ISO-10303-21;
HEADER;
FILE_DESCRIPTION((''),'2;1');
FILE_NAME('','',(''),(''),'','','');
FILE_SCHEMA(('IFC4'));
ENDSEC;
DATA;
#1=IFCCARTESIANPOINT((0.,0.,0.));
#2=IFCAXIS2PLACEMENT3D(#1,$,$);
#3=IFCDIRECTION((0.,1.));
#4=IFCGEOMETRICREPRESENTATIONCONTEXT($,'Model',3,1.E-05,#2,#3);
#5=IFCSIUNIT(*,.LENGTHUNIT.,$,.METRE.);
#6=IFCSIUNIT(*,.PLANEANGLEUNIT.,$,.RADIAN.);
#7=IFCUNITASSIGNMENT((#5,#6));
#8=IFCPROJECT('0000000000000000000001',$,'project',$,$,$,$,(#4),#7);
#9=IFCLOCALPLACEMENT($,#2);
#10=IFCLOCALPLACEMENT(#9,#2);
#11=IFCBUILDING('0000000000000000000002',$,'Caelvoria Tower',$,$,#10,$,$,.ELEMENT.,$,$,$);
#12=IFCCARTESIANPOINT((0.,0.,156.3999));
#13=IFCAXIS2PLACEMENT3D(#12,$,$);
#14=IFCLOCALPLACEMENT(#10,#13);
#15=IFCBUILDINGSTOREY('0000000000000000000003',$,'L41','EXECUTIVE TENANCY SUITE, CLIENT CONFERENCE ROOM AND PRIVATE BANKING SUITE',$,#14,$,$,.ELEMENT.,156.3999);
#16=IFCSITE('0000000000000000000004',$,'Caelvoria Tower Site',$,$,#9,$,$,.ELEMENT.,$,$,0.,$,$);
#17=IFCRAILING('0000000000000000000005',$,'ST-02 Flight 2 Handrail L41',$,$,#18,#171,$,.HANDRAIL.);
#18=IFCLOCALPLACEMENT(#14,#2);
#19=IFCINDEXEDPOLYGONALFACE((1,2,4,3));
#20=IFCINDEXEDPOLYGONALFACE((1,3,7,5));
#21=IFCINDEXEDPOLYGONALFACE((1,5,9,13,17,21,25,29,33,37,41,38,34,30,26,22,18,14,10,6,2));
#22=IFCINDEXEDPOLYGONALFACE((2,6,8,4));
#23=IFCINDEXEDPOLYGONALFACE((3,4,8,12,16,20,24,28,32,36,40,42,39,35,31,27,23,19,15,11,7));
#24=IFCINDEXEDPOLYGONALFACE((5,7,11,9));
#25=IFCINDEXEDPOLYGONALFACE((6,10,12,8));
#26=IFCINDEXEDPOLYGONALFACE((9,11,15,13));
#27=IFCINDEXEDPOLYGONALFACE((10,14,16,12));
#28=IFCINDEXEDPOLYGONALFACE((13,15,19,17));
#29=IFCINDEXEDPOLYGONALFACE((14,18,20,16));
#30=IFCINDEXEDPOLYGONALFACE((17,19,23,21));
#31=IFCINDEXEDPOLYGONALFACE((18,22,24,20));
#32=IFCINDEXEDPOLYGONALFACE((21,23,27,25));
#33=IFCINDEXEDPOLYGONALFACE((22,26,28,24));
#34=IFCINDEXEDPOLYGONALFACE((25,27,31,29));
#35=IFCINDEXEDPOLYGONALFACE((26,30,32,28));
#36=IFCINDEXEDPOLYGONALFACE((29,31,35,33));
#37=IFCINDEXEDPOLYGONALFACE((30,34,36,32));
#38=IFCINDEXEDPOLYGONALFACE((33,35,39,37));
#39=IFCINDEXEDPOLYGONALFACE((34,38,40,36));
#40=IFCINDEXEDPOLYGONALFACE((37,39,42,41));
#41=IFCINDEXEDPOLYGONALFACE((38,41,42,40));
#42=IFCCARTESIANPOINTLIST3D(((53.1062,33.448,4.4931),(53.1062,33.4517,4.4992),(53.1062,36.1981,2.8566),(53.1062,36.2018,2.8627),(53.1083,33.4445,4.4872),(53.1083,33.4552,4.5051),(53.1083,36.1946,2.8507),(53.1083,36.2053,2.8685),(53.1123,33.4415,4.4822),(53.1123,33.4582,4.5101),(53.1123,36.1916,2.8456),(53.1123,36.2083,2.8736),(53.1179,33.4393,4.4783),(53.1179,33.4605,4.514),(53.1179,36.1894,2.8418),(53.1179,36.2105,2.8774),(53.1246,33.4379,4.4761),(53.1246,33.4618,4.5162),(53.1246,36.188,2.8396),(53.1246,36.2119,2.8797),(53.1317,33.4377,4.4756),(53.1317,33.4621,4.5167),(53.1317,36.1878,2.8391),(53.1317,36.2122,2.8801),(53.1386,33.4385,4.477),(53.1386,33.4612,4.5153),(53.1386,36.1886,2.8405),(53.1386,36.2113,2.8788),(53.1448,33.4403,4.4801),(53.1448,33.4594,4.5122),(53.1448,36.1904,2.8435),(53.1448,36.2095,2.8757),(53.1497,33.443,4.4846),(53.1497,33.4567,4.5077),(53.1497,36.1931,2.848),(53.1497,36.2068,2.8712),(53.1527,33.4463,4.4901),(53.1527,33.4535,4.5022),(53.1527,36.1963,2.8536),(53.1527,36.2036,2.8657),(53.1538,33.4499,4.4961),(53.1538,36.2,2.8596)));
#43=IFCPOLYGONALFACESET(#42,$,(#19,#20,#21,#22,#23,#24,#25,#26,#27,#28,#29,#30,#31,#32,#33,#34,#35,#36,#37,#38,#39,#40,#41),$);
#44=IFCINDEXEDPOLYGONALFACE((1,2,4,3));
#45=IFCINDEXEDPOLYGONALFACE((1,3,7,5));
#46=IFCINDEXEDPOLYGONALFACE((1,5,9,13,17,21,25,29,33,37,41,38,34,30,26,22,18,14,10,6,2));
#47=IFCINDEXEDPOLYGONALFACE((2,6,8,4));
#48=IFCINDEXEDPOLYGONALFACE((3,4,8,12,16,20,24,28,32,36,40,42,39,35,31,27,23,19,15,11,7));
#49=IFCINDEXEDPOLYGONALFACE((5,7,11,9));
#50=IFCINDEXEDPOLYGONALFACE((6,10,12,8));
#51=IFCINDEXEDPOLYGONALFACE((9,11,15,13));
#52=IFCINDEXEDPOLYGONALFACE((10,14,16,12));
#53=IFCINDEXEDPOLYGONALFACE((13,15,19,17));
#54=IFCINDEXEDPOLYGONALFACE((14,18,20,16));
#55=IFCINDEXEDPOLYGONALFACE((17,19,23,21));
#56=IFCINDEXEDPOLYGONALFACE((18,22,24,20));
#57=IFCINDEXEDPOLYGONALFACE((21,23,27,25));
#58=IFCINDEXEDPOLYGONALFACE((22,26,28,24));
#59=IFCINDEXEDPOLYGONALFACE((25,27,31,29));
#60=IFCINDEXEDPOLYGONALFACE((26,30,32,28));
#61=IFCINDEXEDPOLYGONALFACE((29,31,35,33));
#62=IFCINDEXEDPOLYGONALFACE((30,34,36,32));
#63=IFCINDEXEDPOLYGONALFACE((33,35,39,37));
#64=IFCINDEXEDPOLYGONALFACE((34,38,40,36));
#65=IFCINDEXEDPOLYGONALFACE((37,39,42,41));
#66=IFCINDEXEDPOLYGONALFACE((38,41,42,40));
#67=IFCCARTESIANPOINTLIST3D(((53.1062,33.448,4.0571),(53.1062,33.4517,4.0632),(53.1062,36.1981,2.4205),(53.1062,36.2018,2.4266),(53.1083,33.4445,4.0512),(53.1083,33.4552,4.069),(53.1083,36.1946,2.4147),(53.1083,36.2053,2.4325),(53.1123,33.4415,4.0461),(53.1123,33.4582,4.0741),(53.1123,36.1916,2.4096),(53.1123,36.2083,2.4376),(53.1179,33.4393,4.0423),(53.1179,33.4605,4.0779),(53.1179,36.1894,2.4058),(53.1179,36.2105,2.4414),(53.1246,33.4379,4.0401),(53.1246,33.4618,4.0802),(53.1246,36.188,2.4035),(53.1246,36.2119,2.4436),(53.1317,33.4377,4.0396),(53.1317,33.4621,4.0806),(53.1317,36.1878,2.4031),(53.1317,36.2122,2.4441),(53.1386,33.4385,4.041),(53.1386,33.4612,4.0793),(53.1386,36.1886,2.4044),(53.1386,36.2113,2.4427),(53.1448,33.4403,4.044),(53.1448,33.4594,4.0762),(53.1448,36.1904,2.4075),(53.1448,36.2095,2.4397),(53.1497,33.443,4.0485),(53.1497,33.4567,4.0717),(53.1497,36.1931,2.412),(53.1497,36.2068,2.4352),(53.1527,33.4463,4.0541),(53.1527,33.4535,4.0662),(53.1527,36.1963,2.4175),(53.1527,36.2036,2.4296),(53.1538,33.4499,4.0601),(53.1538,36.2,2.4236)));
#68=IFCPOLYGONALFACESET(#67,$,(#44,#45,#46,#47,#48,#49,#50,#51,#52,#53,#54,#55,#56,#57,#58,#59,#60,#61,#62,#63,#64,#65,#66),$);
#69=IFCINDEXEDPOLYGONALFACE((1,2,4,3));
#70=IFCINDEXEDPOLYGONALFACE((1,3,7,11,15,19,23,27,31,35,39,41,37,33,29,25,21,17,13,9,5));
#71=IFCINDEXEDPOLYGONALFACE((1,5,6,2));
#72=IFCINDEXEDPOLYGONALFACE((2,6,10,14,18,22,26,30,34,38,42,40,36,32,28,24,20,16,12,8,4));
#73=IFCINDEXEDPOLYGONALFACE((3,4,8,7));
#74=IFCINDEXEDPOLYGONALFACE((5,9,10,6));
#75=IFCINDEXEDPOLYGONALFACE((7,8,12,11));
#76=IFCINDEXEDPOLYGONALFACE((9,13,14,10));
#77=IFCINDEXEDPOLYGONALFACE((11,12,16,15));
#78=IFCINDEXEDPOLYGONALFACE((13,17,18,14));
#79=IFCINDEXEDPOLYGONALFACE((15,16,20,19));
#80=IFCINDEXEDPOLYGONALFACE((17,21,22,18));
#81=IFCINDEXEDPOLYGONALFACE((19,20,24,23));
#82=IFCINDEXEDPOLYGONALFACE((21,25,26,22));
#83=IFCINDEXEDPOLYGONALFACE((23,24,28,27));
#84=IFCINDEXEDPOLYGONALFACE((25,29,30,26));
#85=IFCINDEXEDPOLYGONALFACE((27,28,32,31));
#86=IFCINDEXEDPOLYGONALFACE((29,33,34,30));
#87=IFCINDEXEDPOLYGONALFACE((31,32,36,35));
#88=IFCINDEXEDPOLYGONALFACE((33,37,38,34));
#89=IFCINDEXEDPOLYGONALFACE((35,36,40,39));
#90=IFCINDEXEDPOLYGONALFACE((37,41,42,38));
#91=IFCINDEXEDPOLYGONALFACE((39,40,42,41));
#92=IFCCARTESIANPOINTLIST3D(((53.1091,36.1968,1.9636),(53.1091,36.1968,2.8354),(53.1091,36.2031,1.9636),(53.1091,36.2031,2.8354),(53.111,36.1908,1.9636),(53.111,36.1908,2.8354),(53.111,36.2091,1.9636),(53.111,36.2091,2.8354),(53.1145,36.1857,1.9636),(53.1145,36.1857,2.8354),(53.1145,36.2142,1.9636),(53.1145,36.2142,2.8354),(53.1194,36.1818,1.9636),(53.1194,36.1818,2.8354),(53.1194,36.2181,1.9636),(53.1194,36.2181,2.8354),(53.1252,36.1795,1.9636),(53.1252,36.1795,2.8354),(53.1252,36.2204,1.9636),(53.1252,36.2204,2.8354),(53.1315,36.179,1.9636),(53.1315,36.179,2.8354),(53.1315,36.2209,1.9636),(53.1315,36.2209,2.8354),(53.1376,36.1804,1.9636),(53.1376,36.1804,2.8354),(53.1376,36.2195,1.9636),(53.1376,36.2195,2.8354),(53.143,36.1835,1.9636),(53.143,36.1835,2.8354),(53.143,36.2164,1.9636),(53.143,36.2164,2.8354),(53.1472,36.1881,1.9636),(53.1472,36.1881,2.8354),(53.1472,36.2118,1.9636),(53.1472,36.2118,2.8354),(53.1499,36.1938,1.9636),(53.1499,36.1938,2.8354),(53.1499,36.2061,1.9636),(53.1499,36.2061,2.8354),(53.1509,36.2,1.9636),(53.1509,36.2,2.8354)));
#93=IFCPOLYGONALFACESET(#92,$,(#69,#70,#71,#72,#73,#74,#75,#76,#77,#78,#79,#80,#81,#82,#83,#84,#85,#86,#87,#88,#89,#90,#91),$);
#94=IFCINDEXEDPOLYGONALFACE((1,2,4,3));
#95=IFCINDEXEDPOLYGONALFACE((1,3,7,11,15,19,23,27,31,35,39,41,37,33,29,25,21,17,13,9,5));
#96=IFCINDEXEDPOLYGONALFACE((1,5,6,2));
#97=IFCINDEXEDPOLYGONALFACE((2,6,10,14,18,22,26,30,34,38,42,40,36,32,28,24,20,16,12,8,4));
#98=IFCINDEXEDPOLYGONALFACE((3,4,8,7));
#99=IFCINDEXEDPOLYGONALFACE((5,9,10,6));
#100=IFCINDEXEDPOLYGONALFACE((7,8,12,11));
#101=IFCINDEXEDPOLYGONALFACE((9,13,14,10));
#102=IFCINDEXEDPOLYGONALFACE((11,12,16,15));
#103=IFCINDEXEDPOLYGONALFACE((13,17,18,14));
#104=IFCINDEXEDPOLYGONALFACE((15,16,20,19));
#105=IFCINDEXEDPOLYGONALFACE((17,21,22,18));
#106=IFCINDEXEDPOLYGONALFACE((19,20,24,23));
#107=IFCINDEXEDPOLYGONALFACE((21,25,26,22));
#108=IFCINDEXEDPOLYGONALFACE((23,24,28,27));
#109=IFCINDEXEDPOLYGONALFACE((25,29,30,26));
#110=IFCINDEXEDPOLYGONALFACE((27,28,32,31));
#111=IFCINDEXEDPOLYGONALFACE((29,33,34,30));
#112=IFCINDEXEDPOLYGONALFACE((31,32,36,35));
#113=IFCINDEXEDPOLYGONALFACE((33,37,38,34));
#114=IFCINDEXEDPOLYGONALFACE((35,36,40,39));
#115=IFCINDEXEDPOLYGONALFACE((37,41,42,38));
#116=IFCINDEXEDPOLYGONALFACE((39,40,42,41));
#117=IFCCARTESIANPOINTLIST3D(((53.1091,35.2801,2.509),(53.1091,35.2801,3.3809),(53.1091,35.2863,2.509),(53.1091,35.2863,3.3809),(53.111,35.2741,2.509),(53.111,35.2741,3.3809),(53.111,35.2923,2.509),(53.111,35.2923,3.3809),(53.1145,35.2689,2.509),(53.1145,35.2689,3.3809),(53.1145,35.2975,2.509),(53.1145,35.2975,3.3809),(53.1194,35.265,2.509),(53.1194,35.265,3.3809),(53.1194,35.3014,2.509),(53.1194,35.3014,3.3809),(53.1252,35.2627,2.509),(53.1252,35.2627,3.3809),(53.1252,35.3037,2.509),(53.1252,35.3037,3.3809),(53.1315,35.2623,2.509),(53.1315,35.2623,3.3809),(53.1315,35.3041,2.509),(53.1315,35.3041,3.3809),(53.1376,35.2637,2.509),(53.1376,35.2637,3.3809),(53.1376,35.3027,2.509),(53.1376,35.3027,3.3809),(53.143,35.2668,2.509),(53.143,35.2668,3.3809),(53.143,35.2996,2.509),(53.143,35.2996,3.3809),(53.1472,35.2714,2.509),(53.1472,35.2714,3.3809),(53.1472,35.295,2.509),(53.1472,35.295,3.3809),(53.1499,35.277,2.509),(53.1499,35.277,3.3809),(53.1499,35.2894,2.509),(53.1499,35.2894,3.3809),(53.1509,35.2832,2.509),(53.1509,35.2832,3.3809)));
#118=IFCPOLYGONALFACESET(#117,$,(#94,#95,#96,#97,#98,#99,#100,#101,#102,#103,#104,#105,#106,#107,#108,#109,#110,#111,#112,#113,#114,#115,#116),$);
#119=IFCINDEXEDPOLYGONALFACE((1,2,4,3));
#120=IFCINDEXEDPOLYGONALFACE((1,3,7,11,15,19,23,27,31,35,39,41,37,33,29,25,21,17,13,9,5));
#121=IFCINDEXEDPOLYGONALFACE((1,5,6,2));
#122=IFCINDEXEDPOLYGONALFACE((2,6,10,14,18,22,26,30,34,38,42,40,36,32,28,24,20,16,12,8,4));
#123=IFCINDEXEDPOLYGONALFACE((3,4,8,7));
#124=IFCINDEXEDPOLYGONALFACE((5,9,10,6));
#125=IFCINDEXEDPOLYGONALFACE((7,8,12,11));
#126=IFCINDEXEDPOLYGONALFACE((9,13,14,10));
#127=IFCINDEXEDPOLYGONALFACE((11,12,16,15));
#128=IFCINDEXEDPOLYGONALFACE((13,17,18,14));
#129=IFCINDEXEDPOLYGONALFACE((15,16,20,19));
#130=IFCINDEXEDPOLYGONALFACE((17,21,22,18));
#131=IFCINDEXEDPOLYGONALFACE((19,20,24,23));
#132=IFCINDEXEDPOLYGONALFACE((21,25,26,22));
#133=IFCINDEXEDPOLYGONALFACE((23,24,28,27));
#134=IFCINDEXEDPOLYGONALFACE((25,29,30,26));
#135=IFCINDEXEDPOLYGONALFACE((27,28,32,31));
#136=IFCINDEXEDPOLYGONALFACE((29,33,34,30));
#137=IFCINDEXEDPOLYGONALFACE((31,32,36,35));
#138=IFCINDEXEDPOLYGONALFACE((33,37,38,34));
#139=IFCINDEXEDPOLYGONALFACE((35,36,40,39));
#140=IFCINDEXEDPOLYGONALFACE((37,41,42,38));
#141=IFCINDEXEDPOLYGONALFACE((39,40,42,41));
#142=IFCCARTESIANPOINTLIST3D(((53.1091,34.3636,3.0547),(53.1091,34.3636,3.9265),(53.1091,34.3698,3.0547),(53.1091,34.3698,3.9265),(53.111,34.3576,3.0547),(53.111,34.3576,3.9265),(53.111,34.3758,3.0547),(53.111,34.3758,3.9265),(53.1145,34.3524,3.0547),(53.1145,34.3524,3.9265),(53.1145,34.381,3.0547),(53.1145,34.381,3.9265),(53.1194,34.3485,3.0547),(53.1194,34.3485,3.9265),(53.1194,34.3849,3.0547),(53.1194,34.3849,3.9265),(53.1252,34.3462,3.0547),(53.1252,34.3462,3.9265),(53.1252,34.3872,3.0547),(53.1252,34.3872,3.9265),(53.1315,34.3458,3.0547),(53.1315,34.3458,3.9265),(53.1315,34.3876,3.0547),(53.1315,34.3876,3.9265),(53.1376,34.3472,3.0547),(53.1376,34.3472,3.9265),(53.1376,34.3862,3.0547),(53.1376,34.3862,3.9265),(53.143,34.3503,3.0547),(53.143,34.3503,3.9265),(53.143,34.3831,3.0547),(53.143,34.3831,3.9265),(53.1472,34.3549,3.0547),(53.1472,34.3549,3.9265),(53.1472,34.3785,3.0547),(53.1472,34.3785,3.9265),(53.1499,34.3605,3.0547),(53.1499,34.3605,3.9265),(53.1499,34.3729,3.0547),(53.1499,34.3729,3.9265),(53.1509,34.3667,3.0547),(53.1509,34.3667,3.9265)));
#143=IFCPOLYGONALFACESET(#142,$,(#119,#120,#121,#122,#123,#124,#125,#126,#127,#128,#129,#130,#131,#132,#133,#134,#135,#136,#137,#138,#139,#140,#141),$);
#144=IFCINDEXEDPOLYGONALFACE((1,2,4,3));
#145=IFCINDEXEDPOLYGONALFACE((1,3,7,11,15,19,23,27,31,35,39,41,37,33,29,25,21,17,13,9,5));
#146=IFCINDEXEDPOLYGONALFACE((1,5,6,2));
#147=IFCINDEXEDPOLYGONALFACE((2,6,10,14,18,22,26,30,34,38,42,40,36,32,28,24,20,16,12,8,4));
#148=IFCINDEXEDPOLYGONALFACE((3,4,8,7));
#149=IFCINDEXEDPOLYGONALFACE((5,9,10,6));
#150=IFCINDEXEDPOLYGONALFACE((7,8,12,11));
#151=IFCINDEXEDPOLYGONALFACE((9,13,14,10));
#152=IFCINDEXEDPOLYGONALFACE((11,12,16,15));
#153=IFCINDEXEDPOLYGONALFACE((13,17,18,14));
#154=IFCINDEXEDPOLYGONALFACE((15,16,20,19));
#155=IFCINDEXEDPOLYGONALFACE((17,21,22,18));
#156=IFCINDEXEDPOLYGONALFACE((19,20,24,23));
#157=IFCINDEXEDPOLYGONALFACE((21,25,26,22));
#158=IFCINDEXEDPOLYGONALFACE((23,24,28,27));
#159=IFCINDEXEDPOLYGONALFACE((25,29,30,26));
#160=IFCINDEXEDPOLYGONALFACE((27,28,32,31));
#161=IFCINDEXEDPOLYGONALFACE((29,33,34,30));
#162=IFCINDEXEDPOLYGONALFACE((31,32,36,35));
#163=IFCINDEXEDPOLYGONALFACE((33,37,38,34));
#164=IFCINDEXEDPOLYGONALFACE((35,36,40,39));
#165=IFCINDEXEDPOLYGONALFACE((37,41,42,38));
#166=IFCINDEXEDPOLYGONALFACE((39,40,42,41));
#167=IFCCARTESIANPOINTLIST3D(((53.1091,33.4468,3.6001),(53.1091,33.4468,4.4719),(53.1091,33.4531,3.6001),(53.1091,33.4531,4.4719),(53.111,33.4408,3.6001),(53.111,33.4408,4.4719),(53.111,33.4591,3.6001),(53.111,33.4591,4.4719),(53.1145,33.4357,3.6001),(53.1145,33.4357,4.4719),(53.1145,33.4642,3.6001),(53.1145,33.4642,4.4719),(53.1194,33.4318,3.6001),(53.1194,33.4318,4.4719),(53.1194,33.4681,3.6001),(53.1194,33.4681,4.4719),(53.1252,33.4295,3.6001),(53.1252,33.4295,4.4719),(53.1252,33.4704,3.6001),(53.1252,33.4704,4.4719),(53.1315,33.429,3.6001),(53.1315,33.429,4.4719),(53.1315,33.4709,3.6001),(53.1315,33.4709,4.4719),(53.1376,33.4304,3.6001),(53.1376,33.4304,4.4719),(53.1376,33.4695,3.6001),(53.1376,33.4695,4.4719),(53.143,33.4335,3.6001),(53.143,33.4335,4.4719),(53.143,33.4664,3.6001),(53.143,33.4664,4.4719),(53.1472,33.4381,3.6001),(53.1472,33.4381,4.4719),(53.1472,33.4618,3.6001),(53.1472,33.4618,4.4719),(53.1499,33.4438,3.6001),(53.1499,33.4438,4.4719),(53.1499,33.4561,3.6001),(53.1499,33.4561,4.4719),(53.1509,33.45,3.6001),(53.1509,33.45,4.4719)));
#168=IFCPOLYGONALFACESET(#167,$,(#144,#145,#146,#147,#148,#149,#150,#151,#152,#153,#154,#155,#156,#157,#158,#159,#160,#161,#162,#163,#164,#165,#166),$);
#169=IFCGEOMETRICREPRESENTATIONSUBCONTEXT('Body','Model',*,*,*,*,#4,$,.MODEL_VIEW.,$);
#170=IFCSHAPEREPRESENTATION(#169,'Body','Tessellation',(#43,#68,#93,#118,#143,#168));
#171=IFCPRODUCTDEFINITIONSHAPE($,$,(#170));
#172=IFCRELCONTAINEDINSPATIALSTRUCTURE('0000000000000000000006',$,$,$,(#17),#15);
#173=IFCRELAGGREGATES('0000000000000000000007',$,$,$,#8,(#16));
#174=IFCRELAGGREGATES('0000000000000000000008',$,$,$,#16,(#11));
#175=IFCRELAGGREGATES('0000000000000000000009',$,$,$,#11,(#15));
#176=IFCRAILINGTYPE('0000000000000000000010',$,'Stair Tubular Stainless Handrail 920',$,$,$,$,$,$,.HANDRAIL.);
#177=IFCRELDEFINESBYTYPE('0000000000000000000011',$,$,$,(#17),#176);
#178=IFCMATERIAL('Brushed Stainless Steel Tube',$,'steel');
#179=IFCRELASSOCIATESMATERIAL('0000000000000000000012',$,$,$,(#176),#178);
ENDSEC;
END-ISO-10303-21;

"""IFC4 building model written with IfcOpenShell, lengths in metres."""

from ifc_helpers import new_model, si_unit, direction, frame, origin, origin_2d, place, context, subcontext, project, spatial, circle, extrude, material, type_object, element, save


model = new_model("IFC4")

# Units and contexts
model_context = context("Model", 3, precision=1e-05, world=origin(), true_north=direction((0.0, 1.0)))
body_context = subcontext(model_context, "Body", "Model", "MODEL_VIEW")
ifc_project = project(units=[si_unit("LENGTHUNIT", "METRE"), si_unit("PLANEANGLEUNIT", "RADIAN")], contexts=[model_context])

# Site, building, storey
site_placement = place(None, origin())
site = spatial("IfcSite", under=ifc_project, at=site_placement, Name="Caelvoria Tower Site", CompositionType="ELEMENT", RefElevation=0.0)
building_placement = place(site_placement, origin())
building = spatial("IfcBuilding", under=site, at=building_placement, Name="Caelvoria Tower", CompositionType="ELEMENT")
storey_placement = place(building_placement, frame((0.0, 0.0, 156.3999)))
storey = spatial("IfcBuildingStorey", under=building, at=storey_placement, Name="L41", Description="EXECUTIVE TENANCY SUITE, CLIENT CONFERENCE ROOM AND PRIVATE BANKING SUITE", CompositionType="ELEMENT", Elevation=156.3999)

# Railing
ifc_material_1 = material(Name="Brushed Stainless Steel Tube", Category="steel")
railing_type_1 = type_object("IfcRailingType", Name="Stair Tubular Stainless Handrail 920", PredefinedType="HANDRAIL", material=ifc_material_1)
railing_1_placement = place(storey_placement, frame((53.1299, 36.2, 1.9636)))
element("IfcRailing", 1, at=railing_1_placement, inside=storey, type_object=railing_type_1, Name="ST-02 Flight 2 Handrail L41", PredefinedType="HANDRAIL", context=body_context, shape_type="SweptSolid", body=[
    extrude(circle(Radius=0.0239, at=origin_2d()), frame((0.0, 0.0, 0.896), z_axis=(0.0, -0.859352, 0.511385), x_axis=(1.0, 0.0, 0.0)), (0.0, 0.0, 1.0), 3.2002),
    extrude(circle(Radius=0.0239, at=origin_2d()), frame((0.0, 0.0, 0.46), z_axis=(0.0, -0.859352, 0.511385), x_axis=(1.0, 0.0, 0.0)), (0.0, 0.0, 1.0), 3.2002),
    extrude(circle(Radius=0.021, at=origin_2d()), origin(), (0.0, 0.0, 1.0), 0.8718),
    extrude(circle(Radius=0.021, at=origin_2d()), frame((0.0, -0.9167, 0.5454)), (0.0, 0.0, 1.0), 0.8718),
    extrude(circle(Radius=0.021, at=origin_2d()), frame((0.0, -1.8333, 1.0911)), (0.0, 0.0, 1.0), 0.8718),
    extrude(circle(Radius=0.021, at=origin_2d()), frame((0.0, -2.75, 1.6365)), (0.0, 0.0, 1.0), 0.8718),
])

save(model, "model.ifc")
